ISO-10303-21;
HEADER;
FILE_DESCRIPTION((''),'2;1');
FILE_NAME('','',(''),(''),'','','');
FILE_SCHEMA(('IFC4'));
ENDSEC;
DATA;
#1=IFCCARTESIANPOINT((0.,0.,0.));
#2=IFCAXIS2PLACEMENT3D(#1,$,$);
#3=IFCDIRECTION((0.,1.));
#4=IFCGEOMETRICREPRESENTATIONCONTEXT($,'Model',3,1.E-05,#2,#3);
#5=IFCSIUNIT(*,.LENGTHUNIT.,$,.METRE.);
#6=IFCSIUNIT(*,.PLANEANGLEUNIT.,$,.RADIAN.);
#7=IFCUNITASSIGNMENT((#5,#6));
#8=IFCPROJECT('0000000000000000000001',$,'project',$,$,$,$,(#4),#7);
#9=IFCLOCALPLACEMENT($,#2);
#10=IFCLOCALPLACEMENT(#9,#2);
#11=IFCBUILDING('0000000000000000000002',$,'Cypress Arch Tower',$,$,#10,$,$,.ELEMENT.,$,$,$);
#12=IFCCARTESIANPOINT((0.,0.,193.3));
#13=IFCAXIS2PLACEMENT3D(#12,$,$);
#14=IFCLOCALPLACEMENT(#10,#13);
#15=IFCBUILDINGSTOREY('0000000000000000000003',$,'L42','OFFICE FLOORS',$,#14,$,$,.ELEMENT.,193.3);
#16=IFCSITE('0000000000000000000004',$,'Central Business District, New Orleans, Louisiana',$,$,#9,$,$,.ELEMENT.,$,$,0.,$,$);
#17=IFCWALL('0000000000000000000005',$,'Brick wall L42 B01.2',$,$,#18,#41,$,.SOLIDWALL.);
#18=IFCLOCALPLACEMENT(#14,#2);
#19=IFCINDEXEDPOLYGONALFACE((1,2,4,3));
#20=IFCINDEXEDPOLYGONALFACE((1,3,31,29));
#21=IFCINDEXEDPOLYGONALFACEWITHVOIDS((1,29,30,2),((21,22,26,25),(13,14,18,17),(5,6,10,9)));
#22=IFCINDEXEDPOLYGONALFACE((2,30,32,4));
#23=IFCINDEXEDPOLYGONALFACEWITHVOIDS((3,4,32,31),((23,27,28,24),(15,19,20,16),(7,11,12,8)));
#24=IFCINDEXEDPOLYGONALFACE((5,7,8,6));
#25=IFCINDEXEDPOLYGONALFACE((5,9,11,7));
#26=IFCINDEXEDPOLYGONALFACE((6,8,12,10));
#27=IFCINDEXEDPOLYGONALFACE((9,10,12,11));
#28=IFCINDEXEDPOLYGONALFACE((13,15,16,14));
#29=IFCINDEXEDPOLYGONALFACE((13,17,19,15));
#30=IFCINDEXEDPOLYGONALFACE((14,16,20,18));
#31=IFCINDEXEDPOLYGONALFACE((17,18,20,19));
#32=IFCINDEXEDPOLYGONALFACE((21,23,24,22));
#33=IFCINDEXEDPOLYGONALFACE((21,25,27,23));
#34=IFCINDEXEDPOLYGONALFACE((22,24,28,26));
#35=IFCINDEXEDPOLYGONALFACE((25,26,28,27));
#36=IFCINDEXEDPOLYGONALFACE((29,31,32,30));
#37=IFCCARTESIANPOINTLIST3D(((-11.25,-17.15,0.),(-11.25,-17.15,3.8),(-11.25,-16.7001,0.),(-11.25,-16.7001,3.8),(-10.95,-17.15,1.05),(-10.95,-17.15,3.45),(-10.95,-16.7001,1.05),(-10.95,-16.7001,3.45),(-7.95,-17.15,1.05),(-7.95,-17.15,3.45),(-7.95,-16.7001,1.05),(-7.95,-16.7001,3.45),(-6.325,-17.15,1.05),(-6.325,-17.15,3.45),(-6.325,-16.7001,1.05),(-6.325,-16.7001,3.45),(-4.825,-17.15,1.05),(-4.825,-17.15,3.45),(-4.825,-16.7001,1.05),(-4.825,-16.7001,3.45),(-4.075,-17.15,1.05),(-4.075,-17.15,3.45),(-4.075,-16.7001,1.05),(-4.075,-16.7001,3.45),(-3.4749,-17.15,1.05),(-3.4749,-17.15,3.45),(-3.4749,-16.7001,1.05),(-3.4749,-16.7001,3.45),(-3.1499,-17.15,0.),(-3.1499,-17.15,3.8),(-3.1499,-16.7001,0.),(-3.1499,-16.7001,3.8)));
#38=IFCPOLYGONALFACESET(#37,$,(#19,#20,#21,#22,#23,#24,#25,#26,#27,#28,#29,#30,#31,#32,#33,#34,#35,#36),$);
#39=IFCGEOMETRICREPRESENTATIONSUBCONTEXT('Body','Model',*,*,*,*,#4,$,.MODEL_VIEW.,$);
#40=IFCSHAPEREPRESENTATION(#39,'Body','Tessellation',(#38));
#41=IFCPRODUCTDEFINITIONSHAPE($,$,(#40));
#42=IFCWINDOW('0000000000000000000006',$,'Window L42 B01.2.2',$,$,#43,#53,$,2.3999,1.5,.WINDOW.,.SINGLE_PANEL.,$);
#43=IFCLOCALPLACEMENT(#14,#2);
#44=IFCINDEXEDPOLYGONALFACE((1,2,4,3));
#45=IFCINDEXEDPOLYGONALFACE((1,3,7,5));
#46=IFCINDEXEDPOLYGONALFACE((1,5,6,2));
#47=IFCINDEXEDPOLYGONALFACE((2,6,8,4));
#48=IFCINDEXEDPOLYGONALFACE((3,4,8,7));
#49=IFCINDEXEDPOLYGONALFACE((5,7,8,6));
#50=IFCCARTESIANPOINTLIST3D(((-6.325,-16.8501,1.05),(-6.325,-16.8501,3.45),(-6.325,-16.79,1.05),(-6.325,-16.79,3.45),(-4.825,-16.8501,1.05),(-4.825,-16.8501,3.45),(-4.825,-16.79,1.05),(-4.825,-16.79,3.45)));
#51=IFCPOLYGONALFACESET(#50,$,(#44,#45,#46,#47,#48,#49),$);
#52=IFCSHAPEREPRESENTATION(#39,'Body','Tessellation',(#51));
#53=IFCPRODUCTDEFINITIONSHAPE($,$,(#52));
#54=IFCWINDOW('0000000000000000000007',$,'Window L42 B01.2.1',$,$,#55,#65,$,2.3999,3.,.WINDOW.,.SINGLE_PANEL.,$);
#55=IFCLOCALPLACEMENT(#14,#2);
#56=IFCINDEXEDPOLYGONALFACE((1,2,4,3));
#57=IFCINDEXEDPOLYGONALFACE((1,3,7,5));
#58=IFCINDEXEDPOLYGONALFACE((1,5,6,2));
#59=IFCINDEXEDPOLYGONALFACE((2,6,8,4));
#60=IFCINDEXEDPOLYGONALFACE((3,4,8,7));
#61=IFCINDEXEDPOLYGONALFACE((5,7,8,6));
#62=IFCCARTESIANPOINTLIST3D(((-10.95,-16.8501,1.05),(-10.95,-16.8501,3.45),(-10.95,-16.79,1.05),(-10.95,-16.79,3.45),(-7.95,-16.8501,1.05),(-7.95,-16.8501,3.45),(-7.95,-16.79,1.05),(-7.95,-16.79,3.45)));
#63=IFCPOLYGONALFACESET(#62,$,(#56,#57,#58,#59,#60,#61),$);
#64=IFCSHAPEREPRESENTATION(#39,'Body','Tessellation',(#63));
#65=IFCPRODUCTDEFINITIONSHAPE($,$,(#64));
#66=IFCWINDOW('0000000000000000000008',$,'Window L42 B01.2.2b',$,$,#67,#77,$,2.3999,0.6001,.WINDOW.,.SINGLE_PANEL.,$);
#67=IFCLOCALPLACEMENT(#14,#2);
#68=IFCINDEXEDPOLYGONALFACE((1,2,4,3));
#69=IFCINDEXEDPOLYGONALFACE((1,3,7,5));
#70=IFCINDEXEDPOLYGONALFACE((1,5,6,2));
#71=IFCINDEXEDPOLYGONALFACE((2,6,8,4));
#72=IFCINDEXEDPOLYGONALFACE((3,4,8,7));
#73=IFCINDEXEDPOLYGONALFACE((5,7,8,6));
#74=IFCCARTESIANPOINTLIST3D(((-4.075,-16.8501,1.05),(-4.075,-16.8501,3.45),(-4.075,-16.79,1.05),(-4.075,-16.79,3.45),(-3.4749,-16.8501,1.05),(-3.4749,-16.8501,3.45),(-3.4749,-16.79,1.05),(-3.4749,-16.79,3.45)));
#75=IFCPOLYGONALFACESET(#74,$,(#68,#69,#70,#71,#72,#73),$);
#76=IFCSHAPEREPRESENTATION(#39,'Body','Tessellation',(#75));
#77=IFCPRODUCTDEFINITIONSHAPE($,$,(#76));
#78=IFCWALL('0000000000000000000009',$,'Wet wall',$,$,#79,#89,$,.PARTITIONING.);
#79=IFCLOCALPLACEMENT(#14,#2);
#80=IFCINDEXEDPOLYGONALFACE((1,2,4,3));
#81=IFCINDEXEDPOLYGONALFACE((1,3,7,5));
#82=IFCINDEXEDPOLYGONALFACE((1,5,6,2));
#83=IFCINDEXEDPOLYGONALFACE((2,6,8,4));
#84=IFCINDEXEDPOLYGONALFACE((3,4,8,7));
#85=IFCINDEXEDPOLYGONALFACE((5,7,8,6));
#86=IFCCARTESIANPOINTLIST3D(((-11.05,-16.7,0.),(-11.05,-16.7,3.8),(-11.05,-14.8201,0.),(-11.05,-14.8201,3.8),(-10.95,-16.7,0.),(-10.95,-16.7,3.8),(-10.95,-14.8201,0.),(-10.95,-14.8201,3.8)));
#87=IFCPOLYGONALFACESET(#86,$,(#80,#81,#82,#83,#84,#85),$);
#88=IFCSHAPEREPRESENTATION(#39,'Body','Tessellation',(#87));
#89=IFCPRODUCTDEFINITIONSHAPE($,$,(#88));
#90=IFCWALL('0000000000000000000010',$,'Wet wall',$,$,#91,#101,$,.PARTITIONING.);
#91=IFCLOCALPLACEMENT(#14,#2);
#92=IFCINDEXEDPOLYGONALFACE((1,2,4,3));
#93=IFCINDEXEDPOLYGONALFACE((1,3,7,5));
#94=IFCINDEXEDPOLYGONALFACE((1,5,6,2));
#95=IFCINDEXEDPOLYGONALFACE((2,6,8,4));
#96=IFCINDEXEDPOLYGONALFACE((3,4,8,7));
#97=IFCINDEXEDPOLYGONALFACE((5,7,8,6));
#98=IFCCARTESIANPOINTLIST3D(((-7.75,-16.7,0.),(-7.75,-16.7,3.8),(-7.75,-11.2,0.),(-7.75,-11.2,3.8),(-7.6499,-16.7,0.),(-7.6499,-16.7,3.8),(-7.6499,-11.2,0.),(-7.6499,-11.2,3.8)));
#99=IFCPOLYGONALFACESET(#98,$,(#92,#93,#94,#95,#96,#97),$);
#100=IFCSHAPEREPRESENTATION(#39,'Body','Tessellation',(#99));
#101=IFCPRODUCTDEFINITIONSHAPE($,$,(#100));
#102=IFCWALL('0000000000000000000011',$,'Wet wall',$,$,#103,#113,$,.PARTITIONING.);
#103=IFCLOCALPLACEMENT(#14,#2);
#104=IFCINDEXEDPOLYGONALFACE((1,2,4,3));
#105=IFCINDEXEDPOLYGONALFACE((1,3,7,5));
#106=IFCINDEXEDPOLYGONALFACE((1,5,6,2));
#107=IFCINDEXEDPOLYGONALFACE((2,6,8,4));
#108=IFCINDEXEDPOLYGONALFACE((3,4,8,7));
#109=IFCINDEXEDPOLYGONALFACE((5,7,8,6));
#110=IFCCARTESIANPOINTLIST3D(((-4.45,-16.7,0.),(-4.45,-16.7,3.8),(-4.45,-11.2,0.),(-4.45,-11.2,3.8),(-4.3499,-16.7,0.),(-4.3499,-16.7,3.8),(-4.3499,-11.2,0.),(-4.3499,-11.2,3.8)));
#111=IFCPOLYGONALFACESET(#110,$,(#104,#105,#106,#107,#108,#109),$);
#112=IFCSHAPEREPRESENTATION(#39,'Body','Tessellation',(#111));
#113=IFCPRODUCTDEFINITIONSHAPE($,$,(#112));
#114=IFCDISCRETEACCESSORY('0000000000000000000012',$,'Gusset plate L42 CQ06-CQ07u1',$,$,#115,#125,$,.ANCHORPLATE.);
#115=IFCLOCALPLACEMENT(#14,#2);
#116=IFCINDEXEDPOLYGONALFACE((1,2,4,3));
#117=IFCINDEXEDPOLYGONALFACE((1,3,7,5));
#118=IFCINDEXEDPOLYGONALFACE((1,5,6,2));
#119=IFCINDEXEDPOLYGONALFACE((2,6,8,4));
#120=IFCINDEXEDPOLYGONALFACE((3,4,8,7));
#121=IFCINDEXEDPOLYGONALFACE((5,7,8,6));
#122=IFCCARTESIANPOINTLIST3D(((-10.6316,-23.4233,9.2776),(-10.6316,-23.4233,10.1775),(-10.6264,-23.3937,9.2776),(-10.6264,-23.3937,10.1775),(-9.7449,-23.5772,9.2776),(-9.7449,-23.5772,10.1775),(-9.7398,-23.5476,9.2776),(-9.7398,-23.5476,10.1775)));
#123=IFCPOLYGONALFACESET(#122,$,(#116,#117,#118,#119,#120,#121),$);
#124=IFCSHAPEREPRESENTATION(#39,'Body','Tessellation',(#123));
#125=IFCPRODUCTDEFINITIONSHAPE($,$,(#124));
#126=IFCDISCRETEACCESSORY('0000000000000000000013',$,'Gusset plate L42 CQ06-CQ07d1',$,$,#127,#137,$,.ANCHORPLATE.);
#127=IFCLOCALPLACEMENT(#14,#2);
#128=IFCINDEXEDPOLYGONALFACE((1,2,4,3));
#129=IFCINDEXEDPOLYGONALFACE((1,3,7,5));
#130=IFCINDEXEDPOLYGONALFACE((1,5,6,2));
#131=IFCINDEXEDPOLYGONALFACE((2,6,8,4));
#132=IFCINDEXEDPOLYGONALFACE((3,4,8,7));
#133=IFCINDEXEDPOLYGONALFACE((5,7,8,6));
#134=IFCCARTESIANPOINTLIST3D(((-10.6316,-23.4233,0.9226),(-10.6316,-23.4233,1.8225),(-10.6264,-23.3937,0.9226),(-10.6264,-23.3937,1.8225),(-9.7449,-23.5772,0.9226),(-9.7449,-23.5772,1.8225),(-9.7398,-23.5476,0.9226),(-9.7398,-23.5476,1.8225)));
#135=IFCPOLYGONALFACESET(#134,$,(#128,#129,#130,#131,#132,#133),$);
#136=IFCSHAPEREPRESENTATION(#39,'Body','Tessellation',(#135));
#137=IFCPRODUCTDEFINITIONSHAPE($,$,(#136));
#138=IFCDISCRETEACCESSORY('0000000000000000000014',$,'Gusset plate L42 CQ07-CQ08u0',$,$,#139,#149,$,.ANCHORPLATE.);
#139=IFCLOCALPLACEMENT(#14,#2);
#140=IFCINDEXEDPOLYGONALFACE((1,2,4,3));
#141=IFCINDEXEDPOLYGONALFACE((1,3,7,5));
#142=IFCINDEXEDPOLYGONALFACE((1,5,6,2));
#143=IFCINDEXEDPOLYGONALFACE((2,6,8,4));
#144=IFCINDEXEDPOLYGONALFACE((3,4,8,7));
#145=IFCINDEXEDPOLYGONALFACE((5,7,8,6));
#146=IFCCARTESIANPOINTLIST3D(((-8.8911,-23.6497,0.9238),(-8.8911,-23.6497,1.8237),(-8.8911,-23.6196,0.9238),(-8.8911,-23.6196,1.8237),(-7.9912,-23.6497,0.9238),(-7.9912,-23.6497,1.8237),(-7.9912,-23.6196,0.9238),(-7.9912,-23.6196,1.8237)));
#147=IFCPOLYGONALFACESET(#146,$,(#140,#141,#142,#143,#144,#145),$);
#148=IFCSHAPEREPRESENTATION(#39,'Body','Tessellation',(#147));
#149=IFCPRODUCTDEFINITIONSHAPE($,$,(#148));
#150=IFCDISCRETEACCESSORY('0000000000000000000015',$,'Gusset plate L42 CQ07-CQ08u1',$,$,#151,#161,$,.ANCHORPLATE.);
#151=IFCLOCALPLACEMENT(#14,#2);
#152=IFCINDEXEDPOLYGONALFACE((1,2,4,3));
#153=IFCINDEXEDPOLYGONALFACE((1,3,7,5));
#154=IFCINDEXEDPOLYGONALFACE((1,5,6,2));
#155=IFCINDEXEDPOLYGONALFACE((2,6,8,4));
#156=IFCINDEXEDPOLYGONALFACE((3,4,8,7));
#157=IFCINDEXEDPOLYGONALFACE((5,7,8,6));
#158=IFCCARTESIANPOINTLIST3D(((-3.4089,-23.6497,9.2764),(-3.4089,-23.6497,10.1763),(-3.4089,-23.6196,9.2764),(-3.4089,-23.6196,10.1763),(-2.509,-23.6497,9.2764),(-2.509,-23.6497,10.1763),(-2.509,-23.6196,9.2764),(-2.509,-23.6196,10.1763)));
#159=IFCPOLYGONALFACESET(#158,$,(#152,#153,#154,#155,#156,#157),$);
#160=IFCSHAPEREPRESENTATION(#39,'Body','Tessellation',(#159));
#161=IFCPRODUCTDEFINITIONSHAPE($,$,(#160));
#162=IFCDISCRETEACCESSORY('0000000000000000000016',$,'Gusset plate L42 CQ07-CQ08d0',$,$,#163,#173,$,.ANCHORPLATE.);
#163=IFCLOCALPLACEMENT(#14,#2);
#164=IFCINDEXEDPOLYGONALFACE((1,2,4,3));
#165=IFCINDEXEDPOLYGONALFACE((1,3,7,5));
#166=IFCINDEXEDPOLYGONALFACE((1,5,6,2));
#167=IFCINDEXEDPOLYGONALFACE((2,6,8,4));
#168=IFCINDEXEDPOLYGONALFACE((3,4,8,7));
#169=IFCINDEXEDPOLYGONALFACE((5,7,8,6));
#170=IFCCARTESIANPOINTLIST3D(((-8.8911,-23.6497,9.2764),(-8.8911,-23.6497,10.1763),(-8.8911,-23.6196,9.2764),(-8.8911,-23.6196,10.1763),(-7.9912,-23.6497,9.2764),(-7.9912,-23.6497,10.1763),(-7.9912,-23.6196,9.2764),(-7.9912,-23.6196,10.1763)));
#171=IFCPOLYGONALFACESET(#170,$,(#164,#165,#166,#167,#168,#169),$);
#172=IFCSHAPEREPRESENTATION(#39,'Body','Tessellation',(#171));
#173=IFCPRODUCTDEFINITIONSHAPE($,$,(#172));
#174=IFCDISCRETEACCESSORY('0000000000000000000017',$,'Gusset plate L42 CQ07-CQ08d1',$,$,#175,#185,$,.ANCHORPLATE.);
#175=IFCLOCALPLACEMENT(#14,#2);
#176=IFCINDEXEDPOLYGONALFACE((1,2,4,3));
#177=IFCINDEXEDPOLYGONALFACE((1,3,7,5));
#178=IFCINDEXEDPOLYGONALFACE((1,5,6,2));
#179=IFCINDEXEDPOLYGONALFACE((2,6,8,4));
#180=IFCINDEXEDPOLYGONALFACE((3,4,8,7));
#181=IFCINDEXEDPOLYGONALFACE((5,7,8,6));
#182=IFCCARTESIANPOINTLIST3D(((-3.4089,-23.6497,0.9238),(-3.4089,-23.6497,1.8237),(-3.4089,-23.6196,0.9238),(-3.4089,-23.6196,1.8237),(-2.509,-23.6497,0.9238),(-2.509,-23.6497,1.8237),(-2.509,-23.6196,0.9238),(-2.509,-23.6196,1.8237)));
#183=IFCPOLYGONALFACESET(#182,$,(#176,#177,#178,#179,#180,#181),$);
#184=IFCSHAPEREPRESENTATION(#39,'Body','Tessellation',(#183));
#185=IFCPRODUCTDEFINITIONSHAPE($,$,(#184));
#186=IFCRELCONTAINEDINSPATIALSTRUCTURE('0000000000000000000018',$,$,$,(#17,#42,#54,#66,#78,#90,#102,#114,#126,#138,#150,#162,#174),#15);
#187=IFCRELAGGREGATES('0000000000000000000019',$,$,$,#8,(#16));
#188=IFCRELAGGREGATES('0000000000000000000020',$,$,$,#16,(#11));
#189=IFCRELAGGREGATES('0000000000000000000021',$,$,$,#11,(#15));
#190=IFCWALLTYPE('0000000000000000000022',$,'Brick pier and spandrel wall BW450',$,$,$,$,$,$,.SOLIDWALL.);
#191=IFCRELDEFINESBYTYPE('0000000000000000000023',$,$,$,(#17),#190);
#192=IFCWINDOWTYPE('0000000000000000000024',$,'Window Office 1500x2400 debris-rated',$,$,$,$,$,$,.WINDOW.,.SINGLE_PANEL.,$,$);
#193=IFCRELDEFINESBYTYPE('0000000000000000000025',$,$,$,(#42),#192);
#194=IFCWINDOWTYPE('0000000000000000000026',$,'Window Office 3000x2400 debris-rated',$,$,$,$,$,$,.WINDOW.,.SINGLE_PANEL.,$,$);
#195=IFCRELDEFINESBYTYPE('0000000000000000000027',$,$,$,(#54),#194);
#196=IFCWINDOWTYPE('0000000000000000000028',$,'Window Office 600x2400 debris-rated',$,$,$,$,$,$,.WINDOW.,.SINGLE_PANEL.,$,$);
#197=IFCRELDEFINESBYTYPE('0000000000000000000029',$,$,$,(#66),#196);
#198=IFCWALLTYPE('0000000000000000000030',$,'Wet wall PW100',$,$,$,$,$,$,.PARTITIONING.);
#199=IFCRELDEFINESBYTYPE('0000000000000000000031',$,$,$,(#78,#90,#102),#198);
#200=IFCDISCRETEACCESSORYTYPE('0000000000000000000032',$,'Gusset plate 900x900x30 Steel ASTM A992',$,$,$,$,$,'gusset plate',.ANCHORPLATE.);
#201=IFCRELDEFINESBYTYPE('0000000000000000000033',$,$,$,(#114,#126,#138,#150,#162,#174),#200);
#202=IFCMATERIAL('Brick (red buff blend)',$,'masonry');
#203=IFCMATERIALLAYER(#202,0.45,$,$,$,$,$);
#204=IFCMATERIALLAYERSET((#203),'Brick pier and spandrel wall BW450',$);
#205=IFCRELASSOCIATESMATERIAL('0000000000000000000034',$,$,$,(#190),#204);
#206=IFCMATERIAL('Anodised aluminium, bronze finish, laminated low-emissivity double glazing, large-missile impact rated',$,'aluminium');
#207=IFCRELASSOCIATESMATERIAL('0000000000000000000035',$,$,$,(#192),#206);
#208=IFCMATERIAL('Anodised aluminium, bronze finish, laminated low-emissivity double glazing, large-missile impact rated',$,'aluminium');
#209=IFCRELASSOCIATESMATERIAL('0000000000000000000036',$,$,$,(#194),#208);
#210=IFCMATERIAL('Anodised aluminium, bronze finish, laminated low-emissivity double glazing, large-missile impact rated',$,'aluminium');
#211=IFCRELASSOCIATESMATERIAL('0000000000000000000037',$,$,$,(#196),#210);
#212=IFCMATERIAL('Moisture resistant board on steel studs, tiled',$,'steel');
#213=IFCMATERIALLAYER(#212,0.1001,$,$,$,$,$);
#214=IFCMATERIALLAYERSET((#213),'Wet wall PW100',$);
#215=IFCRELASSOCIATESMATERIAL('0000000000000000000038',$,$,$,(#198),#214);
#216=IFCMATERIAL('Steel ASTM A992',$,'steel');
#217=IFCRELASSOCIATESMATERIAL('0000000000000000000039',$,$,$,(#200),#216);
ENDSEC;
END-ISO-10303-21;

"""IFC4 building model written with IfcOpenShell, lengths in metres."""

from ifc_helpers import new_model, si_unit, direction, frame, frame_2d, origin, origin_2d, place, context, subcontext, project, spatial, rectangle, extrude, material, layer, layer_set, material_profile, profile_set, type_object, element, fill, save


model = new_model("IFC4")

# Units and contexts
model_context = context("Model", 3, precision=1e-05, world=origin(), true_north=direction((0.0, 1.0)))
body_context = subcontext(model_context, "Body", "Model", "MODEL_VIEW")
ifc_project = project(units=[si_unit("LENGTHUNIT", "METRE"), si_unit("PLANEANGLEUNIT", "RADIAN")], contexts=[model_context])

# Site, building, storey
site_placement = place(None, origin())
site = spatial("IfcSite", under=ifc_project, at=site_placement, Name="Central Business District, New Orleans, Louisiana", CompositionType="ELEMENT", RefElevation=0.0)
building_placement = place(site_placement, origin())
building = spatial("IfcBuilding", under=site, at=building_placement, Name="Cypress Arch Tower", CompositionType="ELEMENT")
storey_placement = place(building_placement, frame((0.0, 0.0, 193.3)))
storey = spatial("IfcBuildingStorey", under=building, at=storey_placement, Name="L42", Description="OFFICE FLOORS", CompositionType="ELEMENT", Elevation=193.3)

# Wall, openings, windows
ifc_material_1 = material(Name="Brick (red buff blend)", Category="masonry")
ifc_layer_1 = layer(ifc_material_1, 0.45)
ifc_layer_set_1 = layer_set([ifc_layer_1], Name="Brick pier and spandrel wall BW450")
wall_type_1 = type_object("IfcWallType", Name="Brick pier and spandrel wall BW450", PredefinedType="SOLIDWALL", material=ifc_layer_set_1)
wall_1_placement = place(storey_placement, frame((-11.25, -16.925, 0.0), z_axis=(0.0, 0.0, 1.0), x_axis=(1.0, 0.0, 0.0)))
wall_1 = element("IfcWall", 1, at=wall_1_placement, inside=storey, type_object=wall_type_1, Name="Brick wall L42 B01.2", PredefinedType="SOLIDWALL", context=body_context, shape_type="SweptSolid", body=[
    extrude(rectangle(XDim=8.1001, YDim=0.45, at=frame_2d((4.05, 0.0))), origin(), (0.0, 0.0, 1.0), 3.8),
])
opening_1_placement = place(wall_1_placement, frame((0.3, 0.0, 1.05)))
opening_1 = element("IfcOpeningElement", 2, at=opening_1_placement, cuts=wall_1, PredefinedType="OPENING", context=body_context, shape_type="SweptSolid", body=[
    extrude(rectangle(XDim=3.0, YDim=2.3999, at=frame_2d((1.5, 1.2))), frame((0.0, 0.2349, 0.0), z_axis=(0.0, -1.0, 0.0), x_axis=(1.0, 0.0, 0.0)), (0.0, 0.0, 1.0), 0.47),
])
opening_2_placement = place(wall_1_placement, frame((4.925, 0.0, 1.05)))
opening_2 = element("IfcOpeningElement", 3, at=opening_2_placement, cuts=wall_1, PredefinedType="OPENING", context=body_context, shape_type="SweptSolid", body=[
    extrude(rectangle(XDim=1.5, YDim=2.3999, at=frame_2d((0.75, 1.2))), frame((0.0, 0.2349, 0.0), z_axis=(0.0, -1.0, 0.0), x_axis=(1.0, 0.0, 0.0)), (0.0, 0.0, 1.0), 0.47),
])
opening_3_placement = place(wall_1_placement, frame((7.175, 0.0, 1.05)))
opening_3 = element("IfcOpeningElement", 4, at=opening_3_placement, cuts=wall_1, PredefinedType="OPENING", context=body_context, shape_type="SweptSolid", body=[
    extrude(rectangle(XDim=0.6001, YDim=2.3999, at=frame_2d((0.3, 1.2))), frame((0.0, 0.2349, 0.0), z_axis=(0.0, -1.0, 0.0), x_axis=(1.0, 0.0, 0.0)), (0.0, 0.0, 1.0), 0.47),
])
ifc_material_2 = material(Name="Anodised aluminium, bronze finish, laminated low-emissivity double glazing, large-missile impact rated", Category="aluminium")
window_type_1 = type_object("IfcWindowType", Name="Window Office 1500x2400 debris-rated", PartitioningType="SINGLE_PANEL", PredefinedType="WINDOW", material=ifc_material_2)
window_1_placement = place(opening_2_placement, origin())
window_1 = element("IfcWindow", 5, at=window_1_placement, inside=storey, type_object=window_type_1, Name="Window L42 B01.2.2", OverallHeight=2.3999, OverallWidth=1.5, PartitioningType="SINGLE_PANEL", PredefinedType="WINDOW", context=body_context, shape_type="SweptSolid", body=[
    extrude(rectangle(XDim=1.5, YDim=2.3999, at=frame_2d((0.75, 1.2))), frame((0.0, 0.135, 0.0), z_axis=(0.0, -1.0, 0.0), x_axis=(1.0, 0.0, 0.0)), (0.0, 0.0, 1.0), 0.0601),
])
fill(opening_2, window_1)
ifc_material_3 = material(Name="Anodised aluminium, bronze finish, laminated low-emissivity double glazing, large-missile impact rated", Category="aluminium")
window_type_2 = type_object("IfcWindowType", Name="Window Office 3000x2400 debris-rated", PartitioningType="SINGLE_PANEL", PredefinedType="WINDOW", material=ifc_material_3)
window_2_placement = place(opening_1_placement, origin())
window_2 = element("IfcWindow", 6, at=window_2_placement, inside=storey, type_object=window_type_2, Name="Window L42 B01.2.1", OverallHeight=2.3999, OverallWidth=3.0, PartitioningType="SINGLE_PANEL", PredefinedType="WINDOW", context=body_context, shape_type="SweptSolid", body=[
    extrude(rectangle(XDim=3.0, YDim=2.3999, at=frame_2d((1.5, 1.2))), frame((0.0, 0.135, 0.0), z_axis=(0.0, -1.0, 0.0), x_axis=(1.0, 0.0, 0.0)), (0.0, 0.0, 1.0), 0.0601),
])
fill(opening_1, window_2)
ifc_material_4 = material(Name="Anodised aluminium, bronze finish, laminated low-emissivity double glazing, large-missile impact rated", Category="aluminium")
window_type_3 = type_object("IfcWindowType", Name="Window Office 600x2400 debris-rated", PartitioningType="SINGLE_PANEL", PredefinedType="WINDOW", material=ifc_material_4)
window_3_placement = place(opening_3_placement, origin())
window_3 = element("IfcWindow", 7, at=window_3_placement, inside=storey, type_object=window_type_3, Name="Window L42 B01.2.2b", OverallHeight=2.3999, OverallWidth=0.6001, PartitioningType="SINGLE_PANEL", PredefinedType="WINDOW", context=body_context, shape_type="SweptSolid", body=[
    extrude(rectangle(XDim=0.6001, YDim=2.3999, at=frame_2d((0.3, 1.2))), frame((0.0, 0.135, 0.0), z_axis=(0.0, -1.0, 0.0), x_axis=(1.0, 0.0, 0.0)), (0.0, 0.0, 1.0), 0.0601),
])
fill(opening_3, window_3)

# Walls
ifc_material_5 = material(Name="Moisture resistant board on steel studs, tiled", Category="steel")
ifc_layer_2 = layer(ifc_material_5, 0.1001)
ifc_layer_set_2 = layer_set([ifc_layer_2], Name="Wet wall PW100")
wall_type_2 = type_object("IfcWallType", Name="Wet wall PW100", PredefinedType="PARTITIONING", material=ifc_layer_set_2)
wall_2_placement = place(storey_placement, frame((-11.0, -16.7, 0.0), z_axis=(0.0, 0.0, 1.0), x_axis=(0.0, 1.0, 0.0)))
element("IfcWall", 8, at=wall_2_placement, inside=storey, type_object=wall_type_2, Name="Wet wall", PredefinedType="PARTITIONING", context=body_context, shape_type="SweptSolid", body=[
    extrude(rectangle(XDim=1.8799, YDim=0.1001, at=frame_2d((0.9399, 0.0))), origin(), (0.0, 0.0, 1.0), 3.8),
])
for number, where, z_axis, x_axis, name in (
    (9, (-7.7, -16.7, 0.0), (0.0, 0.0, 1.0), (0.0, 1.0, 0.0), "Wet wall"),
    (10, (-4.3999, -16.7, 0.0), (0.0, 0.0, 1.0), (0.0, 1.0, 0.0), "Wet wall"),
):
    element("IfcWall", number, at=place(storey_placement, frame(where, z_axis=z_axis, x_axis=x_axis)), inside=storey, type_object=wall_type_2, Name=name, PredefinedType="PARTITIONING", context=body_context, shape_type="SweptSolid", body=[
        extrude(rectangle(XDim=5.5, YDim=0.1001, at=frame_2d((2.75, 0.0))), origin(), (0.0, 0.0, 1.0), 3.8),
    ])

# Discrete accessories
ifc_material_6 = material(Name="Steel ASTM A992", Category="steel")
ifc_material_profile_1 = material_profile(ifc_material_6, rectangle(XDim=0.8999, YDim=0.8999, at=origin_2d()), Name="PL 30 900x900")
ifc_profile_set_1 = profile_set([ifc_material_profile_1], Name="Steel ASTM A992")
discrete_accessory_type_1 = type_object("IfcDiscreteAccessoryType", Name="Gusset plate 900x900x30 Steel ASTM A992", ElementType="gusset plate", PredefinedType="ANCHORPLATE", material=ifc_profile_set_1)
for number, where, z_axis, x_axis, name in (
    (11, (-10.1882, -23.5002, 9.7275), (0.170998, 0.985271, 0.0), (-0.985271, 0.170998, 0.0), "Gusset plate L42 CQ06-CQ07u1"),
    (12, (-10.1882, -23.5002, 1.3726), (0.170998, 0.985271, 0.0), (-0.985271, 0.170998, 0.0), "Gusset plate L42 CQ06-CQ07d1"),
    (13, (-8.4412, -23.6497, 1.3738), (0.0, 1.0, 0.0), (-1.0, 0.0, 0.0), "Gusset plate L42 CQ07-CQ08u0"),
    (14, (-2.959, -23.6497, 9.7263), (0.0, 1.0, 0.0), (-1.0, 0.0, 0.0), "Gusset plate L42 CQ07-CQ08u1"),
    (15, (-8.4412, -23.6497, 9.7263), (0.0, 1.0, 0.0), (-1.0, 0.0, 0.0), "Gusset plate L42 CQ07-CQ08d0"),
    (16, (-2.959, -23.6497, 1.3738), (0.0, 1.0, 0.0), (-1.0, 0.0, 0.0), "Gusset plate L42 CQ07-CQ08d1"),
):
    element("IfcDiscreteAccessory", number, at=place(storey_placement, frame(where, z_axis=z_axis, x_axis=x_axis)), inside=storey, type_object=discrete_accessory_type_1, Name=name, PredefinedType="ANCHORPLATE", context=body_context, shape_type="SweptSolid", body=[
        extrude(rectangle(XDim=0.8999, YDim=0.8999, at=origin_2d()), origin(), (0.0, 0.0, 1.0), 0.03),
    ])

save(model, "model.ifc")
